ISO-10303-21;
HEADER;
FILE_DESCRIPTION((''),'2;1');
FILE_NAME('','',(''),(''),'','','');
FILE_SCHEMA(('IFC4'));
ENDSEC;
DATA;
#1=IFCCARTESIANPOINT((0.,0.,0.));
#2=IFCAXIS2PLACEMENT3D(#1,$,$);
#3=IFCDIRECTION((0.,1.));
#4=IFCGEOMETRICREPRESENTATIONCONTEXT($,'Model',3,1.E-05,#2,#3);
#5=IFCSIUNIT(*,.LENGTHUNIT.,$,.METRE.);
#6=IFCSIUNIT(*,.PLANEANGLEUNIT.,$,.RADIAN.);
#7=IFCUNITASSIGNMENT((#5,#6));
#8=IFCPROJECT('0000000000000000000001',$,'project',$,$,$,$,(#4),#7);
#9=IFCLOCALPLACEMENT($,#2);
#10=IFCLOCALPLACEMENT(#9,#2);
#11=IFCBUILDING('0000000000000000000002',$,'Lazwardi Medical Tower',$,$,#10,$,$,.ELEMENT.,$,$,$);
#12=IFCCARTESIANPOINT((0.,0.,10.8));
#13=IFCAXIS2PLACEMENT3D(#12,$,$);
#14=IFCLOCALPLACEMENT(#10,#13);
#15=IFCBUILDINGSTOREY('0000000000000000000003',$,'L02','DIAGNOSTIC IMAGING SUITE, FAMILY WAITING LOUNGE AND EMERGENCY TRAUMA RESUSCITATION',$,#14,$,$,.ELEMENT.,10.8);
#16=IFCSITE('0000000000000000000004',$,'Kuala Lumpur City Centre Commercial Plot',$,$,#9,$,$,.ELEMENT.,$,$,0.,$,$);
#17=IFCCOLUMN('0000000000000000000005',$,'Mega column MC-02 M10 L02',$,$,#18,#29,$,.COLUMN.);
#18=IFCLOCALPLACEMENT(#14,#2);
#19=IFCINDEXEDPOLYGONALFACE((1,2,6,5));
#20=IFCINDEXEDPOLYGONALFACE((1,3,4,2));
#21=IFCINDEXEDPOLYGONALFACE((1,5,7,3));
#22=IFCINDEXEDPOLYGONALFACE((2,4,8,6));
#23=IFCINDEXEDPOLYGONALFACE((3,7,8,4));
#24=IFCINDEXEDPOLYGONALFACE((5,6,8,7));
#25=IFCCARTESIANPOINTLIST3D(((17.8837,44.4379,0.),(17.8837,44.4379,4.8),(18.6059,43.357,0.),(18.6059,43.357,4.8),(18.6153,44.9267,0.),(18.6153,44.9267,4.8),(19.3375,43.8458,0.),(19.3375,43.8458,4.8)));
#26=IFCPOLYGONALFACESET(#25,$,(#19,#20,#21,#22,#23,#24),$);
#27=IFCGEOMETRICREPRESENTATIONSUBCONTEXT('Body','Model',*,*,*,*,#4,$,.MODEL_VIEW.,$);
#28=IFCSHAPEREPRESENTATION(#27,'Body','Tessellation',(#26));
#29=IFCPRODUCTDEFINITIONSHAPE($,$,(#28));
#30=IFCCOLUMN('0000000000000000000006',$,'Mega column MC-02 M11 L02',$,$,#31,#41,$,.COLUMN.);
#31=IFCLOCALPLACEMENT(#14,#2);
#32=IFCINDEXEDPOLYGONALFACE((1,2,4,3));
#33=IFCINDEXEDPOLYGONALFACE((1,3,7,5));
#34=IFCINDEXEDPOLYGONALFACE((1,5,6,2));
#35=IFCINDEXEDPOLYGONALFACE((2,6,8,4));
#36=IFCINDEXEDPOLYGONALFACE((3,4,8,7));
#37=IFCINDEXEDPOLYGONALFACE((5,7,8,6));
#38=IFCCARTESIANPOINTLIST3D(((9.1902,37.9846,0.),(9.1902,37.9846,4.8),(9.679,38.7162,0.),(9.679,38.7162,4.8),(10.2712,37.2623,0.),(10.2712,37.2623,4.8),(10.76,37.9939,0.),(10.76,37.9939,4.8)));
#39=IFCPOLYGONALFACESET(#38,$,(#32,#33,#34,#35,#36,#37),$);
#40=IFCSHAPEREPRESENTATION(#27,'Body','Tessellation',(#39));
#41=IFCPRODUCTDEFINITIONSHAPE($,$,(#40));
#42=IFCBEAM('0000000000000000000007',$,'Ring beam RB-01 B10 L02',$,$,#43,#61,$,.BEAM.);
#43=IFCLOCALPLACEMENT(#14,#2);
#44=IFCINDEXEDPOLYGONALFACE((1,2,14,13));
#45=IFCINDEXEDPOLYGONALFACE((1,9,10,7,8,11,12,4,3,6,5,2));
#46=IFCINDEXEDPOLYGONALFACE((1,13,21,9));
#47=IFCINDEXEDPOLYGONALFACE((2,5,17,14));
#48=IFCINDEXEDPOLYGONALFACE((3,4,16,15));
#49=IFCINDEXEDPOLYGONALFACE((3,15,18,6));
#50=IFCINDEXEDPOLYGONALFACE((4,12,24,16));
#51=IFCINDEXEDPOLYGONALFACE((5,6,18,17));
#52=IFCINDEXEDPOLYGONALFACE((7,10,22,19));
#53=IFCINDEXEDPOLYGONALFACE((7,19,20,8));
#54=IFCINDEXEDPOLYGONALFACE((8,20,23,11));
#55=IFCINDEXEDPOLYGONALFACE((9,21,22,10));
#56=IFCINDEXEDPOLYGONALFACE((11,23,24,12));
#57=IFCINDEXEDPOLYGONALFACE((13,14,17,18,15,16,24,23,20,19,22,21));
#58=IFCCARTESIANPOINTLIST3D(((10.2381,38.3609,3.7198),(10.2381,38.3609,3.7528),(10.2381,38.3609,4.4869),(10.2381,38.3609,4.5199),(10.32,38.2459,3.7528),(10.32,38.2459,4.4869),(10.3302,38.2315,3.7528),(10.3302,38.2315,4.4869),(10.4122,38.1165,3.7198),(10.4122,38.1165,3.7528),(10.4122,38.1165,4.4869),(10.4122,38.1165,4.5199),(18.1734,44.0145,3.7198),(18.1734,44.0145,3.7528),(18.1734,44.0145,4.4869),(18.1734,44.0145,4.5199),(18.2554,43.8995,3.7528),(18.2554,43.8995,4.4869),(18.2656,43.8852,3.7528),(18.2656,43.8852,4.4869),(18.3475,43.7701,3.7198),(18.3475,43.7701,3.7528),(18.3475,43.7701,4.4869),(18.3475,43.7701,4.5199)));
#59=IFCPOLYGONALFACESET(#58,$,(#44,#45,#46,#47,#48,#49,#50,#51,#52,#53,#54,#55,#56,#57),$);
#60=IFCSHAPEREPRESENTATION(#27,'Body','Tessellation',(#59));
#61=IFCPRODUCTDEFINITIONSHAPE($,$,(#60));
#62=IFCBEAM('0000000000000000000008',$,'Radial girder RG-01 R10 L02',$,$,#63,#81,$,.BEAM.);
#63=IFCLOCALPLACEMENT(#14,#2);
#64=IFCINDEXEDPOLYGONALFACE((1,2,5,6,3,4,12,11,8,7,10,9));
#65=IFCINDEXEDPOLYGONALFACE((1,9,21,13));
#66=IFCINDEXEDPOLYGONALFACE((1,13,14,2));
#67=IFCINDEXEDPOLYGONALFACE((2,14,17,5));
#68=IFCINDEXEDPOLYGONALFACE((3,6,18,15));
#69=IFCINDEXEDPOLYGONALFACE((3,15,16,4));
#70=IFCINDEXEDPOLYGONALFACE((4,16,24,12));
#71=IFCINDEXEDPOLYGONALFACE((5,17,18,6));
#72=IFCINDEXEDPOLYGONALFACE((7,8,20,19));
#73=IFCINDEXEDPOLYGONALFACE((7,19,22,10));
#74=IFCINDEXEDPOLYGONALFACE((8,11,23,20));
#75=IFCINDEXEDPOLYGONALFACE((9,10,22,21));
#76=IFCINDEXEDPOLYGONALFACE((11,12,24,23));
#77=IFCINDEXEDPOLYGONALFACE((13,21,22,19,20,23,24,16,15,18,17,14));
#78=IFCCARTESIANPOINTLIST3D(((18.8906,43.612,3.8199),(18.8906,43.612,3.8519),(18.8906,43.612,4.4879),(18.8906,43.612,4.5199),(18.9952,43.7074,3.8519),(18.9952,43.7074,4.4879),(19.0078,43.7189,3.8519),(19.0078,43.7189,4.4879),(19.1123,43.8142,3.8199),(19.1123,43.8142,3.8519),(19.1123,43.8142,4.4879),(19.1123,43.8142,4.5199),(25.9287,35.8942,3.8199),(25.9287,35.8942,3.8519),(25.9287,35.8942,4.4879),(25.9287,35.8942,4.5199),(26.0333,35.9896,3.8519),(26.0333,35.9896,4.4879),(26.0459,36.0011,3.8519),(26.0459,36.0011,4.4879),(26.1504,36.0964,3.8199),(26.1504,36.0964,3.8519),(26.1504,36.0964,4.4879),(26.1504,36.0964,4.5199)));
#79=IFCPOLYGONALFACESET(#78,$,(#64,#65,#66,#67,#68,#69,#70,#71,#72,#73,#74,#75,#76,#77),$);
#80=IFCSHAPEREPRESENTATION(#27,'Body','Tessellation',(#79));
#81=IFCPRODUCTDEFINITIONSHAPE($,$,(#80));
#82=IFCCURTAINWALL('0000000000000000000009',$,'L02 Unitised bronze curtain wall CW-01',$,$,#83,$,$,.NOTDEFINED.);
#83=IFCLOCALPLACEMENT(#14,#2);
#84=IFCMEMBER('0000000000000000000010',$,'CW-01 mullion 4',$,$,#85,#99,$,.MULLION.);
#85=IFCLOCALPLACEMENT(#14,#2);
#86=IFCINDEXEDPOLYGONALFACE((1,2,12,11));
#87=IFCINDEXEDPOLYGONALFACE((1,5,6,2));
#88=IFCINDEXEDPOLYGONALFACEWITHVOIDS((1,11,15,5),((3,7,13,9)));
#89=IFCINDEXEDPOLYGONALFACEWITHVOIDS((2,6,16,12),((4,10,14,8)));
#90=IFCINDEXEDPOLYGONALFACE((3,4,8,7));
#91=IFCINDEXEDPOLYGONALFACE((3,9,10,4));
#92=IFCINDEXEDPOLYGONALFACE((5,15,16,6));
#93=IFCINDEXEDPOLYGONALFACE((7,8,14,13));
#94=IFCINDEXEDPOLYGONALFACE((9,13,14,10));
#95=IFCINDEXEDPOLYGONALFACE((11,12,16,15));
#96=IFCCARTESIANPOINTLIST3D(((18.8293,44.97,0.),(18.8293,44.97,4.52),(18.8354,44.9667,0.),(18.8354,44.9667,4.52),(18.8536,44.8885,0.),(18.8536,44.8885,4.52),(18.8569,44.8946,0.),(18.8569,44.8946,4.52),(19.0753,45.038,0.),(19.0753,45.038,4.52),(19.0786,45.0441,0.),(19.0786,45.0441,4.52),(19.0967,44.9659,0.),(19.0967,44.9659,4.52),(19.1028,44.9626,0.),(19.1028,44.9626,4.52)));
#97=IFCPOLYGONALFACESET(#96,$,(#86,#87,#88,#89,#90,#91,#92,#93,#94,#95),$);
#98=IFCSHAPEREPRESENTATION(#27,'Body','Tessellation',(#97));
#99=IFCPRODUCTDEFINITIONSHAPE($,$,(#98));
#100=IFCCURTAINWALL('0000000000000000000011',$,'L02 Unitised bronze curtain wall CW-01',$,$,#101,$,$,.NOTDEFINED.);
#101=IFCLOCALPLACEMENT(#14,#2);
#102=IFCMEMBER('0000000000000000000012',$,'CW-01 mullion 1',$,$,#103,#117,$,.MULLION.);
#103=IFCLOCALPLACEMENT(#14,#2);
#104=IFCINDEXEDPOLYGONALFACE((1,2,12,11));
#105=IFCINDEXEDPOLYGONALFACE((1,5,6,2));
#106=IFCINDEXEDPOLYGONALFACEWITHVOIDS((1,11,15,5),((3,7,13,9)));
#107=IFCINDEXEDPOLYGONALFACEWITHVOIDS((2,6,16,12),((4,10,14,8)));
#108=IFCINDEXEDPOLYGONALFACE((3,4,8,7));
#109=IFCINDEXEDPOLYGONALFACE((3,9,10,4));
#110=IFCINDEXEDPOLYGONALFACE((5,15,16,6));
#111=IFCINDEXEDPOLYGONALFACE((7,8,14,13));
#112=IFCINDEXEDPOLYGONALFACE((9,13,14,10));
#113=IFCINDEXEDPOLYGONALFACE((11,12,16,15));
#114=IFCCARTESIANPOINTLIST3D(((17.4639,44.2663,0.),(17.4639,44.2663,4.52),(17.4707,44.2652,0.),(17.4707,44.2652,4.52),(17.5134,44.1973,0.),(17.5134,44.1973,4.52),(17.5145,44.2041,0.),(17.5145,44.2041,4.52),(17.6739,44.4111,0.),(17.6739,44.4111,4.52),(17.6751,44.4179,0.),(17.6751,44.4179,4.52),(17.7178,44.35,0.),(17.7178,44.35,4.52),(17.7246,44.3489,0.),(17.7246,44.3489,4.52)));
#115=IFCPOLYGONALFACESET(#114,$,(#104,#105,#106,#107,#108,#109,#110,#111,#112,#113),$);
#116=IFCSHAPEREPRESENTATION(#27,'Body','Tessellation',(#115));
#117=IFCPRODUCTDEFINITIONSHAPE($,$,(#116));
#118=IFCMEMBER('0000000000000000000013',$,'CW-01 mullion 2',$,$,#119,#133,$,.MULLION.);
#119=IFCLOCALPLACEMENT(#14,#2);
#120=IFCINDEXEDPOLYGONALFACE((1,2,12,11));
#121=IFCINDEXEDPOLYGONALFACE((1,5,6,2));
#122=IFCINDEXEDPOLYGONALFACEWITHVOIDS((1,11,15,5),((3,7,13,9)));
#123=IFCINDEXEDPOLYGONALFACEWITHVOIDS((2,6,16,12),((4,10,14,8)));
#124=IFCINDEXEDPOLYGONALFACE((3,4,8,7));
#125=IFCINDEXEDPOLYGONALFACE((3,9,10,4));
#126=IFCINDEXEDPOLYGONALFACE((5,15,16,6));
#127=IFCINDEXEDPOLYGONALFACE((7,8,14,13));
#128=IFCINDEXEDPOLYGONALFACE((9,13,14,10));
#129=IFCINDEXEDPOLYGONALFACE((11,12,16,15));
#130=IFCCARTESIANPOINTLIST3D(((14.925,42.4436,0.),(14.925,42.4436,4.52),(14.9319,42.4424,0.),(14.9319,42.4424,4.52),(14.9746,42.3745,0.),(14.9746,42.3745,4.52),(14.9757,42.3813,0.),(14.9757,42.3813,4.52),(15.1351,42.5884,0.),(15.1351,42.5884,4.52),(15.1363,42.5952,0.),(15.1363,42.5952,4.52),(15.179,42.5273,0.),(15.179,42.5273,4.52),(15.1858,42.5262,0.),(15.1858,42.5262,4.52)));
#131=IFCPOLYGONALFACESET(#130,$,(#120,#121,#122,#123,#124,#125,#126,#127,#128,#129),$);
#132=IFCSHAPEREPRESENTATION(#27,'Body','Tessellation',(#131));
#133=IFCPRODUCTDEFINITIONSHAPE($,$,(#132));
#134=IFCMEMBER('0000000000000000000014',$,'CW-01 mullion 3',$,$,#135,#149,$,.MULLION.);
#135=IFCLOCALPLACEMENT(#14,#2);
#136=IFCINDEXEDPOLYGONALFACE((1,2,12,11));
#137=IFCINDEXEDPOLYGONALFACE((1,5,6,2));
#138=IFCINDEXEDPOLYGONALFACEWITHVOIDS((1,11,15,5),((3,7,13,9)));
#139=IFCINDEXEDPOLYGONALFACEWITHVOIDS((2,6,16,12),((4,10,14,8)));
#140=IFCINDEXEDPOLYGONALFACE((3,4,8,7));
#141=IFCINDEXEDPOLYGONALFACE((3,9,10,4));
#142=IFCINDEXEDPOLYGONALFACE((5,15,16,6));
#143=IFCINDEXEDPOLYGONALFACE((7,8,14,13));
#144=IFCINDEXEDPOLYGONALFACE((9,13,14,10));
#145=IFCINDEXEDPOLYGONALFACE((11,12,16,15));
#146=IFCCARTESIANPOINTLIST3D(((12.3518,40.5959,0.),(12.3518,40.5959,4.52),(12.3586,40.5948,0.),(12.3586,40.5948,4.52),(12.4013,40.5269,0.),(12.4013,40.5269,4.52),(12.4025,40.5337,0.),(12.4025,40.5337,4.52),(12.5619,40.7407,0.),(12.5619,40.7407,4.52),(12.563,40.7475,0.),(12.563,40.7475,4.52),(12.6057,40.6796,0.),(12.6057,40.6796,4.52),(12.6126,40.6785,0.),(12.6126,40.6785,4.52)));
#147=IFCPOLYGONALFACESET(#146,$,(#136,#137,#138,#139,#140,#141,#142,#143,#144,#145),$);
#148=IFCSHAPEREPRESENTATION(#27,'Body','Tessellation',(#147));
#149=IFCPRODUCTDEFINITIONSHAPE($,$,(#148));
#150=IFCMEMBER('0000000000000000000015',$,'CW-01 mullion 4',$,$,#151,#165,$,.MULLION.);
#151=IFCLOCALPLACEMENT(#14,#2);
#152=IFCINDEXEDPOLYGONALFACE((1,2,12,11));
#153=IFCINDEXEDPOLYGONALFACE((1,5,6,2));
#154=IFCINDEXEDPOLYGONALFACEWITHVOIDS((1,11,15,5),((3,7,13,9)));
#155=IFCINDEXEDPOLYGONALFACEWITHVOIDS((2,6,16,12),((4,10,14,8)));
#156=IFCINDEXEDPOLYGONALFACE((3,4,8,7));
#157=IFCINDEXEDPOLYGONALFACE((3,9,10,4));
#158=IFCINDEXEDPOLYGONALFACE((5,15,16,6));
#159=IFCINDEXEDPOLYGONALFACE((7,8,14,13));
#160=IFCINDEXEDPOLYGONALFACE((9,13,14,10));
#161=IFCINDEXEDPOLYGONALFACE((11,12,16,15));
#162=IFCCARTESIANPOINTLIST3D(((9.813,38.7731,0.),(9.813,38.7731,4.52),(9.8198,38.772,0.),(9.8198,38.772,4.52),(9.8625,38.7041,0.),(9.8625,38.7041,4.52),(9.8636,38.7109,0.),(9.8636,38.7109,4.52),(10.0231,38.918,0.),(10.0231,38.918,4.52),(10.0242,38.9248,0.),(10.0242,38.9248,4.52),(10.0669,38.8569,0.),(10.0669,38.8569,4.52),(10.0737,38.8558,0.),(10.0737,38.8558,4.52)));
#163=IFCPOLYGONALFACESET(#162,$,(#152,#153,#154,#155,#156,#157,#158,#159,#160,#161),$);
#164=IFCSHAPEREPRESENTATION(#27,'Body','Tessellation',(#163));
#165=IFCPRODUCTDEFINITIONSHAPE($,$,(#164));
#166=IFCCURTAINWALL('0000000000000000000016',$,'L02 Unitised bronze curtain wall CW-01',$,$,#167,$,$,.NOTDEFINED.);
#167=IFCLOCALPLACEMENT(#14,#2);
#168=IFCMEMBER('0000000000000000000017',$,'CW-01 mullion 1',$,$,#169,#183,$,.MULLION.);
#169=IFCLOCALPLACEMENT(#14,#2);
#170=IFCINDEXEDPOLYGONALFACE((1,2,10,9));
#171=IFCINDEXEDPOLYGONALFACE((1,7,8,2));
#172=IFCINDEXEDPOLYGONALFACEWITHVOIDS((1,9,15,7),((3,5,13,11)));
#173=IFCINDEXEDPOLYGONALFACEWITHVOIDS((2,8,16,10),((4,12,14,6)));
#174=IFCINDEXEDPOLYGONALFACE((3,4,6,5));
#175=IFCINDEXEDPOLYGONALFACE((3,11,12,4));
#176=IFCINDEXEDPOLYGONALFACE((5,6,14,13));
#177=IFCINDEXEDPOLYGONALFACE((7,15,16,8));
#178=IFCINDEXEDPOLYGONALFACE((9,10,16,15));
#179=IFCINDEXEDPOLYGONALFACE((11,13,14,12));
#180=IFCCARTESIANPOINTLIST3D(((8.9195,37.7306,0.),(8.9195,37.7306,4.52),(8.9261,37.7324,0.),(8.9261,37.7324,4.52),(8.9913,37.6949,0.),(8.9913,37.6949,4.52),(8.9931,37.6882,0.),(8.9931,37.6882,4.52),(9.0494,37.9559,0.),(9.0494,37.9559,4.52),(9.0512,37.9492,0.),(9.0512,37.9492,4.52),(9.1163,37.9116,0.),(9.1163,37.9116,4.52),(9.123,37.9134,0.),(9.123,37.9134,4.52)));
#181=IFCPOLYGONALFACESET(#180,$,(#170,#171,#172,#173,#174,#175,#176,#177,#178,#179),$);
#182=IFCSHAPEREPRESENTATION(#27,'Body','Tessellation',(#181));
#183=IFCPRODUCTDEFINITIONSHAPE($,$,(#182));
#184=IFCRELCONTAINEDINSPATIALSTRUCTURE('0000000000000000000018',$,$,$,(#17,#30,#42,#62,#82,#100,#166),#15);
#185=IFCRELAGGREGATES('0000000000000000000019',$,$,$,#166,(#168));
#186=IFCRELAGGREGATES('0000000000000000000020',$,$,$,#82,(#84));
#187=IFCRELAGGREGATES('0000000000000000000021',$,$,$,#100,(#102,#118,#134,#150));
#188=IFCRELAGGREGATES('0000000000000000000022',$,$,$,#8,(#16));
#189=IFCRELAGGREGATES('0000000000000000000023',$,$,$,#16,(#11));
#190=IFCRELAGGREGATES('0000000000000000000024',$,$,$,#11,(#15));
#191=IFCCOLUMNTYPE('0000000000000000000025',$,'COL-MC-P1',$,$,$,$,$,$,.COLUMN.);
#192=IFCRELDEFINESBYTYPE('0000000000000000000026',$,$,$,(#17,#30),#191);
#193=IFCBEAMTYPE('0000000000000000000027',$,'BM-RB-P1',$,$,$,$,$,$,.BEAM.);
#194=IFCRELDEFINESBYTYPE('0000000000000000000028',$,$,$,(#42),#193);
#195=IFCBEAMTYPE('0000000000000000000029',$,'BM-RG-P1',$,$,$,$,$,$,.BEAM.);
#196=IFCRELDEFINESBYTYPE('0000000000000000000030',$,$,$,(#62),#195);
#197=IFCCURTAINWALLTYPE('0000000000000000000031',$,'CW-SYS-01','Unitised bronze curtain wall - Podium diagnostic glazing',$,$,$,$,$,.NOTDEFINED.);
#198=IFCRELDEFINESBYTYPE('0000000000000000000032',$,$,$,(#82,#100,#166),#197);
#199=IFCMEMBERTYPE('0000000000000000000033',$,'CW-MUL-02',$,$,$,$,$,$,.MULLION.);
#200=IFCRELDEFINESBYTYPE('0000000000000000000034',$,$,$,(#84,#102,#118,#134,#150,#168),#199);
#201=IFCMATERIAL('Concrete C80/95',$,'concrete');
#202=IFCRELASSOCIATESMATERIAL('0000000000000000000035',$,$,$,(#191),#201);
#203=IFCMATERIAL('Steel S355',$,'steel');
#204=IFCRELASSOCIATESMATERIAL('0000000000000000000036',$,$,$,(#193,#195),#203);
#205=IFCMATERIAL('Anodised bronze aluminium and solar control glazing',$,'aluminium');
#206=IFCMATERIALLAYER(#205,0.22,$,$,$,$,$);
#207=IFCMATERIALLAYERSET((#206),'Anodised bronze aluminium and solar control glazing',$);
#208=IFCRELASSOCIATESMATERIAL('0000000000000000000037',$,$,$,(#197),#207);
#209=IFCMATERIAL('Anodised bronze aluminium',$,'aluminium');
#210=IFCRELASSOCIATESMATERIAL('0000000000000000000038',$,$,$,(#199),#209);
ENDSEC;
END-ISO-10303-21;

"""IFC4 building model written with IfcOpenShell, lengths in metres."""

from ifc_helpers import new_model, si_unit, direction, frame, origin, origin_2d, place, context, subcontext, project, spatial, rectangle, hollow_rectangle, i_section, extrude, material, layer, layer_set, material_profile, profile_set, type_object, element, aggregate, save


model = new_model("IFC4")

# Units and contexts
model_context = context("Model", 3, precision=1e-05, world=origin(), true_north=direction((0.0, 1.0)))
body_context = subcontext(model_context, "Body", "Model", "MODEL_VIEW")
ifc_project = project(units=[si_unit("LENGTHUNIT", "METRE"), si_unit("PLANEANGLEUNIT", "RADIAN")], contexts=[model_context])

# Site, building, storey
site_placement = place(None, origin())
site = spatial("IfcSite", under=ifc_project, at=site_placement, Name="Kuala Lumpur City Centre Commercial Plot", CompositionType="ELEMENT", RefElevation=0.0)
building_placement = place(site_placement, origin())
building = spatial("IfcBuilding", under=site, at=building_placement, Name="Lazwardi Medical Tower", CompositionType="ELEMENT")
storey_placement = place(building_placement, frame((0.0, 0.0, 10.8)))
storey = spatial("IfcBuildingStorey", under=building, at=storey_placement, Name="L02", Description="DIAGNOSTIC IMAGING SUITE, FAMILY WAITING LOUNGE AND EMERGENCY TRAUMA RESUSCITATION", CompositionType="ELEMENT", Elevation=10.8)

# Columns
ifc_material_1 = material(Name="Concrete C80/95", Category="concrete")
ifc_material_profile_1 = material_profile(ifc_material_1, rectangle(XDim=1.3, YDim=0.8799, at=origin_2d()), Name="CFT-RECT 1300x880")
ifc_profile_set_1 = profile_set([ifc_material_profile_1], Name="Concrete C80/95")
column_type = type_object("IfcColumnType", Name="COL-MC-P1", PredefinedType="COLUMN", material=ifc_profile_set_1)
for number, where, z_axis, x_axis, name in (
    (1, (18.6106, 44.1418, 0.0), (0.0, 0.0, 1.0), (-0.55557, 0.83147, 0.0), "Mega column MC-02 M10 L02"),
    (2, (9.9751, 37.9893, 0.0), (0.0, 0.0, 1.0), (-0.83147, 0.55557, 0.0), "Mega column MC-02 M11 L02"),
):
    element("IfcColumn", number, at=place(storey_placement, frame(where, z_axis=z_axis, x_axis=x_axis)), inside=storey, type_object=column_type, Name=name, PredefinedType="COLUMN", context=body_context, shape_type="SweptSolid", body=[
        extrude(rectangle(XDim=1.3, YDim=0.8799, at=origin_2d()), origin(), (0.0, 0.0, 1.0), 4.8),
    ])

# Beams
ifc_material_2 = material(Name="Steel S355", Category="steel")
ifc_material_profile_2 = material_profile(ifc_material_2, i_section(OverallWidth=0.3, OverallDepth=0.8, WebThickness=0.0176, FlangeThickness=0.033, at=origin_2d()), Name="HEB 800")
ifc_profile_set_2 = profile_set([ifc_material_profile_2], Name="Steel S355")
beam_type_1 = type_object("IfcBeamType", Name="BM-RB-P1", PredefinedType="BEAM", material=ifc_profile_set_2)
beam_1_placement = place(storey_placement, frame((18.2605, 43.8923, 4.1199), z_axis=(-0.814437, -0.580252, 0.0), x_axis=(0.580252, -0.814437, 0.0)))
element("IfcBeam", 3, at=beam_1_placement, inside=storey, type_object=beam_type_1, Name="Ring beam RB-01 B10 L02", PredefinedType="BEAM", context=body_context, shape_type="SweptSolid", body=[
    extrude(i_section(OverallWidth=0.3, OverallDepth=0.8, WebThickness=0.0176, FlangeThickness=0.033, at=origin_2d()), origin(), (0.0, 0.0, 1.0), 9.7434),
])
ifc_material_profile_3 = material_profile(ifc_material_2, i_section(OverallWidth=0.3, OverallDepth=0.7, WebThickness=0.0171, FlangeThickness=0.032, at=origin_2d()), Name="HEB 700")
ifc_profile_set_3 = profile_set([ifc_material_profile_3], Name="Steel S355")
beam_type_2 = type_object("IfcBeamType", Name="BM-RG-P1", PredefinedType="BEAM", material=ifc_profile_set_3)
beam_2_placement = place(storey_placement, frame((19.0015, 43.7131, 4.1699), z_axis=(0.673821, -0.738894, 0.0), x_axis=(0.738894, 0.673821, 0.0)))
element("IfcBeam", 4, at=beam_2_placement, inside=storey, type_object=beam_type_2, Name="Radial girder RG-01 R10 L02", PredefinedType="BEAM", context=body_context, shape_type="SweptSolid", body=[
    extrude(i_section(OverallWidth=0.3, OverallDepth=0.7, WebThickness=0.0171, FlangeThickness=0.032, at=origin_2d()), origin(), (0.0, 0.0, 1.0), 10.4451),
])

# Curtain wall, member
ifc_material_3 = material(Name="Anodised bronze aluminium and solar control glazing", Category="aluminium")
ifc_layer_1 = layer(ifc_material_3, 0.22)
ifc_layer_set_1 = layer_set([ifc_layer_1], Name="Anodised bronze aluminium and solar control glazing")
curtain_wall_type = type_object("IfcCurtainWallType", Name="CW-SYS-01", Description="Unitised bronze curtain wall - Podium diagnostic glazing", PredefinedType="NOTDEFINED", material=ifc_layer_set_1)
curtain_wall_1_placement = place(storey_placement, origin())
curtain_wall_1 = element("IfcCurtainWall", 5, at=curtain_wall_1_placement, inside=storey, type_object=curtain_wall_type, Name="L02 Unitised bronze curtain wall CW-01", PredefinedType="NOTDEFINED")
ifc_material_4 = material(Name="Anodised bronze aluminium", Category="aluminium")
ifc_material_profile_4 = material_profile(ifc_material_4, hollow_rectangle(XDim=0.085, YDim=0.26, WallThickness=0.0049, at=origin_2d()), Name="ALU-MULLION 260x85x5")
ifc_profile_set_4 = profile_set([ifc_material_profile_4], Name="Anodised bronze aluminium")
member_type_1 = type_object("IfcMemberType", Name="CW-MUL-02", PredefinedType="MULLION", material=ifc_profile_set_4)
member_1_placement = place(storey_placement, frame((18.9661, 44.9663, 0.0), z_axis=(0.0, 0.0, 1.0), x_axis=(0.285047, -0.958513, 0.0)))
member_1 = element("IfcMember", 6, at=member_1_placement, type_object=member_type_1, Name="CW-01 mullion 4", PredefinedType="MULLION", context=body_context, shape_type="SweptSolid", body=[
    extrude(hollow_rectangle(XDim=0.085, YDim=0.26, WallThickness=0.0049, at=origin_2d()), origin(), (0.0, 0.0, 1.0), 4.52),
])

# Curtain wall, members
curtain_wall_2_placement = place(storey_placement, origin())
curtain_wall_2 = element("IfcCurtainWall", 7, at=curtain_wall_2_placement, inside=storey, type_object=curtain_wall_type, Name="L02 Unitised bronze curtain wall CW-01", PredefinedType="NOTDEFINED")
member_2_placement = place(storey_placement, frame((17.5942, 44.3076, 0.0), z_axis=(0.0, 0.0, 1.0), x_axis=(0.583214, -0.812318, 0.0)))
member_2 = element("IfcMember", 8, at=member_2_placement, type_object=member_type_1, Name="CW-01 mullion 1", PredefinedType="MULLION", context=body_context, shape_type="SweptSolid", body=[
    extrude(hollow_rectangle(XDim=0.085, YDim=0.26, WallThickness=0.0049, at=origin_2d()), origin(), (0.0, 0.0, 1.0), 4.52),
])
member_3_placement = place(storey_placement, frame((15.0554, 42.4849, 0.0), z_axis=(0.0, 0.0, 1.0), x_axis=(0.583214, -0.812318, 0.0)))
member_3 = element("IfcMember", 9, at=member_3_placement, type_object=member_type_1, Name="CW-01 mullion 2", PredefinedType="MULLION", context=body_context, shape_type="SweptSolid", body=[
    extrude(hollow_rectangle(XDim=0.085, YDim=0.26, WallThickness=0.0049, at=origin_2d()), origin(), (0.0, 0.0, 1.0), 4.52),
])
member_4_placement = place(storey_placement, frame((12.4822, 40.6372, 0.0), z_axis=(0.0, 0.0, 1.0), x_axis=(0.583214, -0.812318, 0.0)))
member_4 = element("IfcMember", 10, at=member_4_placement, type_object=member_type_1, Name="CW-01 mullion 3", PredefinedType="MULLION", context=body_context, shape_type="SweptSolid", body=[
    extrude(hollow_rectangle(XDim=0.085, YDim=0.26, WallThickness=0.0049, at=origin_2d()), origin(), (0.0, 0.0, 1.0), 4.52),
])
member_5_placement = place(storey_placement, frame((9.9434, 38.8145, 0.0), z_axis=(0.0, 0.0, 1.0), x_axis=(0.583214, -0.812318, 0.0)))
member_5 = element("IfcMember", 11, at=member_5_placement, type_object=member_type_1, Name="CW-01 mullion 4", PredefinedType="MULLION", context=body_context, shape_type="SweptSolid", body=[
    extrude(hollow_rectangle(XDim=0.085, YDim=0.26, WallThickness=0.0049, at=origin_2d()), origin(), (0.0, 0.0, 1.0), 4.52),
])

# Curtain wall, member
curtain_wall_3_placement = place(storey_placement, origin())
curtain_wall_3 = element("IfcCurtainWall", 12, at=curtain_wall_3_placement, inside=storey, type_object=curtain_wall_type, Name="L02 Unitised bronze curtain wall CW-01", PredefinedType="NOTDEFINED")
member_6_placement = place(storey_placement, frame((9.0212, 37.822, 0.0), z_axis=(0.0, 0.0, 1.0), x_axis=(0.866181, -0.499731, 0.0)))
member_6 = element("IfcMember", 13, at=member_6_placement, type_object=member_type_1, Name="CW-01 mullion 1", PredefinedType="MULLION", context=body_context, shape_type="SweptSolid", body=[
    extrude(hollow_rectangle(XDim=0.085, YDim=0.26, WallThickness=0.0049, at=origin_2d()), origin(), (0.0, 0.0, 1.0), 4.52),
])

aggregate(curtain_wall_3, [member_6])

aggregate(curtain_wall_1, [member_1])
aggregate(curtain_wall_2, [member_2, member_3, member_4, member_5])

save(model, "model.ifc")
